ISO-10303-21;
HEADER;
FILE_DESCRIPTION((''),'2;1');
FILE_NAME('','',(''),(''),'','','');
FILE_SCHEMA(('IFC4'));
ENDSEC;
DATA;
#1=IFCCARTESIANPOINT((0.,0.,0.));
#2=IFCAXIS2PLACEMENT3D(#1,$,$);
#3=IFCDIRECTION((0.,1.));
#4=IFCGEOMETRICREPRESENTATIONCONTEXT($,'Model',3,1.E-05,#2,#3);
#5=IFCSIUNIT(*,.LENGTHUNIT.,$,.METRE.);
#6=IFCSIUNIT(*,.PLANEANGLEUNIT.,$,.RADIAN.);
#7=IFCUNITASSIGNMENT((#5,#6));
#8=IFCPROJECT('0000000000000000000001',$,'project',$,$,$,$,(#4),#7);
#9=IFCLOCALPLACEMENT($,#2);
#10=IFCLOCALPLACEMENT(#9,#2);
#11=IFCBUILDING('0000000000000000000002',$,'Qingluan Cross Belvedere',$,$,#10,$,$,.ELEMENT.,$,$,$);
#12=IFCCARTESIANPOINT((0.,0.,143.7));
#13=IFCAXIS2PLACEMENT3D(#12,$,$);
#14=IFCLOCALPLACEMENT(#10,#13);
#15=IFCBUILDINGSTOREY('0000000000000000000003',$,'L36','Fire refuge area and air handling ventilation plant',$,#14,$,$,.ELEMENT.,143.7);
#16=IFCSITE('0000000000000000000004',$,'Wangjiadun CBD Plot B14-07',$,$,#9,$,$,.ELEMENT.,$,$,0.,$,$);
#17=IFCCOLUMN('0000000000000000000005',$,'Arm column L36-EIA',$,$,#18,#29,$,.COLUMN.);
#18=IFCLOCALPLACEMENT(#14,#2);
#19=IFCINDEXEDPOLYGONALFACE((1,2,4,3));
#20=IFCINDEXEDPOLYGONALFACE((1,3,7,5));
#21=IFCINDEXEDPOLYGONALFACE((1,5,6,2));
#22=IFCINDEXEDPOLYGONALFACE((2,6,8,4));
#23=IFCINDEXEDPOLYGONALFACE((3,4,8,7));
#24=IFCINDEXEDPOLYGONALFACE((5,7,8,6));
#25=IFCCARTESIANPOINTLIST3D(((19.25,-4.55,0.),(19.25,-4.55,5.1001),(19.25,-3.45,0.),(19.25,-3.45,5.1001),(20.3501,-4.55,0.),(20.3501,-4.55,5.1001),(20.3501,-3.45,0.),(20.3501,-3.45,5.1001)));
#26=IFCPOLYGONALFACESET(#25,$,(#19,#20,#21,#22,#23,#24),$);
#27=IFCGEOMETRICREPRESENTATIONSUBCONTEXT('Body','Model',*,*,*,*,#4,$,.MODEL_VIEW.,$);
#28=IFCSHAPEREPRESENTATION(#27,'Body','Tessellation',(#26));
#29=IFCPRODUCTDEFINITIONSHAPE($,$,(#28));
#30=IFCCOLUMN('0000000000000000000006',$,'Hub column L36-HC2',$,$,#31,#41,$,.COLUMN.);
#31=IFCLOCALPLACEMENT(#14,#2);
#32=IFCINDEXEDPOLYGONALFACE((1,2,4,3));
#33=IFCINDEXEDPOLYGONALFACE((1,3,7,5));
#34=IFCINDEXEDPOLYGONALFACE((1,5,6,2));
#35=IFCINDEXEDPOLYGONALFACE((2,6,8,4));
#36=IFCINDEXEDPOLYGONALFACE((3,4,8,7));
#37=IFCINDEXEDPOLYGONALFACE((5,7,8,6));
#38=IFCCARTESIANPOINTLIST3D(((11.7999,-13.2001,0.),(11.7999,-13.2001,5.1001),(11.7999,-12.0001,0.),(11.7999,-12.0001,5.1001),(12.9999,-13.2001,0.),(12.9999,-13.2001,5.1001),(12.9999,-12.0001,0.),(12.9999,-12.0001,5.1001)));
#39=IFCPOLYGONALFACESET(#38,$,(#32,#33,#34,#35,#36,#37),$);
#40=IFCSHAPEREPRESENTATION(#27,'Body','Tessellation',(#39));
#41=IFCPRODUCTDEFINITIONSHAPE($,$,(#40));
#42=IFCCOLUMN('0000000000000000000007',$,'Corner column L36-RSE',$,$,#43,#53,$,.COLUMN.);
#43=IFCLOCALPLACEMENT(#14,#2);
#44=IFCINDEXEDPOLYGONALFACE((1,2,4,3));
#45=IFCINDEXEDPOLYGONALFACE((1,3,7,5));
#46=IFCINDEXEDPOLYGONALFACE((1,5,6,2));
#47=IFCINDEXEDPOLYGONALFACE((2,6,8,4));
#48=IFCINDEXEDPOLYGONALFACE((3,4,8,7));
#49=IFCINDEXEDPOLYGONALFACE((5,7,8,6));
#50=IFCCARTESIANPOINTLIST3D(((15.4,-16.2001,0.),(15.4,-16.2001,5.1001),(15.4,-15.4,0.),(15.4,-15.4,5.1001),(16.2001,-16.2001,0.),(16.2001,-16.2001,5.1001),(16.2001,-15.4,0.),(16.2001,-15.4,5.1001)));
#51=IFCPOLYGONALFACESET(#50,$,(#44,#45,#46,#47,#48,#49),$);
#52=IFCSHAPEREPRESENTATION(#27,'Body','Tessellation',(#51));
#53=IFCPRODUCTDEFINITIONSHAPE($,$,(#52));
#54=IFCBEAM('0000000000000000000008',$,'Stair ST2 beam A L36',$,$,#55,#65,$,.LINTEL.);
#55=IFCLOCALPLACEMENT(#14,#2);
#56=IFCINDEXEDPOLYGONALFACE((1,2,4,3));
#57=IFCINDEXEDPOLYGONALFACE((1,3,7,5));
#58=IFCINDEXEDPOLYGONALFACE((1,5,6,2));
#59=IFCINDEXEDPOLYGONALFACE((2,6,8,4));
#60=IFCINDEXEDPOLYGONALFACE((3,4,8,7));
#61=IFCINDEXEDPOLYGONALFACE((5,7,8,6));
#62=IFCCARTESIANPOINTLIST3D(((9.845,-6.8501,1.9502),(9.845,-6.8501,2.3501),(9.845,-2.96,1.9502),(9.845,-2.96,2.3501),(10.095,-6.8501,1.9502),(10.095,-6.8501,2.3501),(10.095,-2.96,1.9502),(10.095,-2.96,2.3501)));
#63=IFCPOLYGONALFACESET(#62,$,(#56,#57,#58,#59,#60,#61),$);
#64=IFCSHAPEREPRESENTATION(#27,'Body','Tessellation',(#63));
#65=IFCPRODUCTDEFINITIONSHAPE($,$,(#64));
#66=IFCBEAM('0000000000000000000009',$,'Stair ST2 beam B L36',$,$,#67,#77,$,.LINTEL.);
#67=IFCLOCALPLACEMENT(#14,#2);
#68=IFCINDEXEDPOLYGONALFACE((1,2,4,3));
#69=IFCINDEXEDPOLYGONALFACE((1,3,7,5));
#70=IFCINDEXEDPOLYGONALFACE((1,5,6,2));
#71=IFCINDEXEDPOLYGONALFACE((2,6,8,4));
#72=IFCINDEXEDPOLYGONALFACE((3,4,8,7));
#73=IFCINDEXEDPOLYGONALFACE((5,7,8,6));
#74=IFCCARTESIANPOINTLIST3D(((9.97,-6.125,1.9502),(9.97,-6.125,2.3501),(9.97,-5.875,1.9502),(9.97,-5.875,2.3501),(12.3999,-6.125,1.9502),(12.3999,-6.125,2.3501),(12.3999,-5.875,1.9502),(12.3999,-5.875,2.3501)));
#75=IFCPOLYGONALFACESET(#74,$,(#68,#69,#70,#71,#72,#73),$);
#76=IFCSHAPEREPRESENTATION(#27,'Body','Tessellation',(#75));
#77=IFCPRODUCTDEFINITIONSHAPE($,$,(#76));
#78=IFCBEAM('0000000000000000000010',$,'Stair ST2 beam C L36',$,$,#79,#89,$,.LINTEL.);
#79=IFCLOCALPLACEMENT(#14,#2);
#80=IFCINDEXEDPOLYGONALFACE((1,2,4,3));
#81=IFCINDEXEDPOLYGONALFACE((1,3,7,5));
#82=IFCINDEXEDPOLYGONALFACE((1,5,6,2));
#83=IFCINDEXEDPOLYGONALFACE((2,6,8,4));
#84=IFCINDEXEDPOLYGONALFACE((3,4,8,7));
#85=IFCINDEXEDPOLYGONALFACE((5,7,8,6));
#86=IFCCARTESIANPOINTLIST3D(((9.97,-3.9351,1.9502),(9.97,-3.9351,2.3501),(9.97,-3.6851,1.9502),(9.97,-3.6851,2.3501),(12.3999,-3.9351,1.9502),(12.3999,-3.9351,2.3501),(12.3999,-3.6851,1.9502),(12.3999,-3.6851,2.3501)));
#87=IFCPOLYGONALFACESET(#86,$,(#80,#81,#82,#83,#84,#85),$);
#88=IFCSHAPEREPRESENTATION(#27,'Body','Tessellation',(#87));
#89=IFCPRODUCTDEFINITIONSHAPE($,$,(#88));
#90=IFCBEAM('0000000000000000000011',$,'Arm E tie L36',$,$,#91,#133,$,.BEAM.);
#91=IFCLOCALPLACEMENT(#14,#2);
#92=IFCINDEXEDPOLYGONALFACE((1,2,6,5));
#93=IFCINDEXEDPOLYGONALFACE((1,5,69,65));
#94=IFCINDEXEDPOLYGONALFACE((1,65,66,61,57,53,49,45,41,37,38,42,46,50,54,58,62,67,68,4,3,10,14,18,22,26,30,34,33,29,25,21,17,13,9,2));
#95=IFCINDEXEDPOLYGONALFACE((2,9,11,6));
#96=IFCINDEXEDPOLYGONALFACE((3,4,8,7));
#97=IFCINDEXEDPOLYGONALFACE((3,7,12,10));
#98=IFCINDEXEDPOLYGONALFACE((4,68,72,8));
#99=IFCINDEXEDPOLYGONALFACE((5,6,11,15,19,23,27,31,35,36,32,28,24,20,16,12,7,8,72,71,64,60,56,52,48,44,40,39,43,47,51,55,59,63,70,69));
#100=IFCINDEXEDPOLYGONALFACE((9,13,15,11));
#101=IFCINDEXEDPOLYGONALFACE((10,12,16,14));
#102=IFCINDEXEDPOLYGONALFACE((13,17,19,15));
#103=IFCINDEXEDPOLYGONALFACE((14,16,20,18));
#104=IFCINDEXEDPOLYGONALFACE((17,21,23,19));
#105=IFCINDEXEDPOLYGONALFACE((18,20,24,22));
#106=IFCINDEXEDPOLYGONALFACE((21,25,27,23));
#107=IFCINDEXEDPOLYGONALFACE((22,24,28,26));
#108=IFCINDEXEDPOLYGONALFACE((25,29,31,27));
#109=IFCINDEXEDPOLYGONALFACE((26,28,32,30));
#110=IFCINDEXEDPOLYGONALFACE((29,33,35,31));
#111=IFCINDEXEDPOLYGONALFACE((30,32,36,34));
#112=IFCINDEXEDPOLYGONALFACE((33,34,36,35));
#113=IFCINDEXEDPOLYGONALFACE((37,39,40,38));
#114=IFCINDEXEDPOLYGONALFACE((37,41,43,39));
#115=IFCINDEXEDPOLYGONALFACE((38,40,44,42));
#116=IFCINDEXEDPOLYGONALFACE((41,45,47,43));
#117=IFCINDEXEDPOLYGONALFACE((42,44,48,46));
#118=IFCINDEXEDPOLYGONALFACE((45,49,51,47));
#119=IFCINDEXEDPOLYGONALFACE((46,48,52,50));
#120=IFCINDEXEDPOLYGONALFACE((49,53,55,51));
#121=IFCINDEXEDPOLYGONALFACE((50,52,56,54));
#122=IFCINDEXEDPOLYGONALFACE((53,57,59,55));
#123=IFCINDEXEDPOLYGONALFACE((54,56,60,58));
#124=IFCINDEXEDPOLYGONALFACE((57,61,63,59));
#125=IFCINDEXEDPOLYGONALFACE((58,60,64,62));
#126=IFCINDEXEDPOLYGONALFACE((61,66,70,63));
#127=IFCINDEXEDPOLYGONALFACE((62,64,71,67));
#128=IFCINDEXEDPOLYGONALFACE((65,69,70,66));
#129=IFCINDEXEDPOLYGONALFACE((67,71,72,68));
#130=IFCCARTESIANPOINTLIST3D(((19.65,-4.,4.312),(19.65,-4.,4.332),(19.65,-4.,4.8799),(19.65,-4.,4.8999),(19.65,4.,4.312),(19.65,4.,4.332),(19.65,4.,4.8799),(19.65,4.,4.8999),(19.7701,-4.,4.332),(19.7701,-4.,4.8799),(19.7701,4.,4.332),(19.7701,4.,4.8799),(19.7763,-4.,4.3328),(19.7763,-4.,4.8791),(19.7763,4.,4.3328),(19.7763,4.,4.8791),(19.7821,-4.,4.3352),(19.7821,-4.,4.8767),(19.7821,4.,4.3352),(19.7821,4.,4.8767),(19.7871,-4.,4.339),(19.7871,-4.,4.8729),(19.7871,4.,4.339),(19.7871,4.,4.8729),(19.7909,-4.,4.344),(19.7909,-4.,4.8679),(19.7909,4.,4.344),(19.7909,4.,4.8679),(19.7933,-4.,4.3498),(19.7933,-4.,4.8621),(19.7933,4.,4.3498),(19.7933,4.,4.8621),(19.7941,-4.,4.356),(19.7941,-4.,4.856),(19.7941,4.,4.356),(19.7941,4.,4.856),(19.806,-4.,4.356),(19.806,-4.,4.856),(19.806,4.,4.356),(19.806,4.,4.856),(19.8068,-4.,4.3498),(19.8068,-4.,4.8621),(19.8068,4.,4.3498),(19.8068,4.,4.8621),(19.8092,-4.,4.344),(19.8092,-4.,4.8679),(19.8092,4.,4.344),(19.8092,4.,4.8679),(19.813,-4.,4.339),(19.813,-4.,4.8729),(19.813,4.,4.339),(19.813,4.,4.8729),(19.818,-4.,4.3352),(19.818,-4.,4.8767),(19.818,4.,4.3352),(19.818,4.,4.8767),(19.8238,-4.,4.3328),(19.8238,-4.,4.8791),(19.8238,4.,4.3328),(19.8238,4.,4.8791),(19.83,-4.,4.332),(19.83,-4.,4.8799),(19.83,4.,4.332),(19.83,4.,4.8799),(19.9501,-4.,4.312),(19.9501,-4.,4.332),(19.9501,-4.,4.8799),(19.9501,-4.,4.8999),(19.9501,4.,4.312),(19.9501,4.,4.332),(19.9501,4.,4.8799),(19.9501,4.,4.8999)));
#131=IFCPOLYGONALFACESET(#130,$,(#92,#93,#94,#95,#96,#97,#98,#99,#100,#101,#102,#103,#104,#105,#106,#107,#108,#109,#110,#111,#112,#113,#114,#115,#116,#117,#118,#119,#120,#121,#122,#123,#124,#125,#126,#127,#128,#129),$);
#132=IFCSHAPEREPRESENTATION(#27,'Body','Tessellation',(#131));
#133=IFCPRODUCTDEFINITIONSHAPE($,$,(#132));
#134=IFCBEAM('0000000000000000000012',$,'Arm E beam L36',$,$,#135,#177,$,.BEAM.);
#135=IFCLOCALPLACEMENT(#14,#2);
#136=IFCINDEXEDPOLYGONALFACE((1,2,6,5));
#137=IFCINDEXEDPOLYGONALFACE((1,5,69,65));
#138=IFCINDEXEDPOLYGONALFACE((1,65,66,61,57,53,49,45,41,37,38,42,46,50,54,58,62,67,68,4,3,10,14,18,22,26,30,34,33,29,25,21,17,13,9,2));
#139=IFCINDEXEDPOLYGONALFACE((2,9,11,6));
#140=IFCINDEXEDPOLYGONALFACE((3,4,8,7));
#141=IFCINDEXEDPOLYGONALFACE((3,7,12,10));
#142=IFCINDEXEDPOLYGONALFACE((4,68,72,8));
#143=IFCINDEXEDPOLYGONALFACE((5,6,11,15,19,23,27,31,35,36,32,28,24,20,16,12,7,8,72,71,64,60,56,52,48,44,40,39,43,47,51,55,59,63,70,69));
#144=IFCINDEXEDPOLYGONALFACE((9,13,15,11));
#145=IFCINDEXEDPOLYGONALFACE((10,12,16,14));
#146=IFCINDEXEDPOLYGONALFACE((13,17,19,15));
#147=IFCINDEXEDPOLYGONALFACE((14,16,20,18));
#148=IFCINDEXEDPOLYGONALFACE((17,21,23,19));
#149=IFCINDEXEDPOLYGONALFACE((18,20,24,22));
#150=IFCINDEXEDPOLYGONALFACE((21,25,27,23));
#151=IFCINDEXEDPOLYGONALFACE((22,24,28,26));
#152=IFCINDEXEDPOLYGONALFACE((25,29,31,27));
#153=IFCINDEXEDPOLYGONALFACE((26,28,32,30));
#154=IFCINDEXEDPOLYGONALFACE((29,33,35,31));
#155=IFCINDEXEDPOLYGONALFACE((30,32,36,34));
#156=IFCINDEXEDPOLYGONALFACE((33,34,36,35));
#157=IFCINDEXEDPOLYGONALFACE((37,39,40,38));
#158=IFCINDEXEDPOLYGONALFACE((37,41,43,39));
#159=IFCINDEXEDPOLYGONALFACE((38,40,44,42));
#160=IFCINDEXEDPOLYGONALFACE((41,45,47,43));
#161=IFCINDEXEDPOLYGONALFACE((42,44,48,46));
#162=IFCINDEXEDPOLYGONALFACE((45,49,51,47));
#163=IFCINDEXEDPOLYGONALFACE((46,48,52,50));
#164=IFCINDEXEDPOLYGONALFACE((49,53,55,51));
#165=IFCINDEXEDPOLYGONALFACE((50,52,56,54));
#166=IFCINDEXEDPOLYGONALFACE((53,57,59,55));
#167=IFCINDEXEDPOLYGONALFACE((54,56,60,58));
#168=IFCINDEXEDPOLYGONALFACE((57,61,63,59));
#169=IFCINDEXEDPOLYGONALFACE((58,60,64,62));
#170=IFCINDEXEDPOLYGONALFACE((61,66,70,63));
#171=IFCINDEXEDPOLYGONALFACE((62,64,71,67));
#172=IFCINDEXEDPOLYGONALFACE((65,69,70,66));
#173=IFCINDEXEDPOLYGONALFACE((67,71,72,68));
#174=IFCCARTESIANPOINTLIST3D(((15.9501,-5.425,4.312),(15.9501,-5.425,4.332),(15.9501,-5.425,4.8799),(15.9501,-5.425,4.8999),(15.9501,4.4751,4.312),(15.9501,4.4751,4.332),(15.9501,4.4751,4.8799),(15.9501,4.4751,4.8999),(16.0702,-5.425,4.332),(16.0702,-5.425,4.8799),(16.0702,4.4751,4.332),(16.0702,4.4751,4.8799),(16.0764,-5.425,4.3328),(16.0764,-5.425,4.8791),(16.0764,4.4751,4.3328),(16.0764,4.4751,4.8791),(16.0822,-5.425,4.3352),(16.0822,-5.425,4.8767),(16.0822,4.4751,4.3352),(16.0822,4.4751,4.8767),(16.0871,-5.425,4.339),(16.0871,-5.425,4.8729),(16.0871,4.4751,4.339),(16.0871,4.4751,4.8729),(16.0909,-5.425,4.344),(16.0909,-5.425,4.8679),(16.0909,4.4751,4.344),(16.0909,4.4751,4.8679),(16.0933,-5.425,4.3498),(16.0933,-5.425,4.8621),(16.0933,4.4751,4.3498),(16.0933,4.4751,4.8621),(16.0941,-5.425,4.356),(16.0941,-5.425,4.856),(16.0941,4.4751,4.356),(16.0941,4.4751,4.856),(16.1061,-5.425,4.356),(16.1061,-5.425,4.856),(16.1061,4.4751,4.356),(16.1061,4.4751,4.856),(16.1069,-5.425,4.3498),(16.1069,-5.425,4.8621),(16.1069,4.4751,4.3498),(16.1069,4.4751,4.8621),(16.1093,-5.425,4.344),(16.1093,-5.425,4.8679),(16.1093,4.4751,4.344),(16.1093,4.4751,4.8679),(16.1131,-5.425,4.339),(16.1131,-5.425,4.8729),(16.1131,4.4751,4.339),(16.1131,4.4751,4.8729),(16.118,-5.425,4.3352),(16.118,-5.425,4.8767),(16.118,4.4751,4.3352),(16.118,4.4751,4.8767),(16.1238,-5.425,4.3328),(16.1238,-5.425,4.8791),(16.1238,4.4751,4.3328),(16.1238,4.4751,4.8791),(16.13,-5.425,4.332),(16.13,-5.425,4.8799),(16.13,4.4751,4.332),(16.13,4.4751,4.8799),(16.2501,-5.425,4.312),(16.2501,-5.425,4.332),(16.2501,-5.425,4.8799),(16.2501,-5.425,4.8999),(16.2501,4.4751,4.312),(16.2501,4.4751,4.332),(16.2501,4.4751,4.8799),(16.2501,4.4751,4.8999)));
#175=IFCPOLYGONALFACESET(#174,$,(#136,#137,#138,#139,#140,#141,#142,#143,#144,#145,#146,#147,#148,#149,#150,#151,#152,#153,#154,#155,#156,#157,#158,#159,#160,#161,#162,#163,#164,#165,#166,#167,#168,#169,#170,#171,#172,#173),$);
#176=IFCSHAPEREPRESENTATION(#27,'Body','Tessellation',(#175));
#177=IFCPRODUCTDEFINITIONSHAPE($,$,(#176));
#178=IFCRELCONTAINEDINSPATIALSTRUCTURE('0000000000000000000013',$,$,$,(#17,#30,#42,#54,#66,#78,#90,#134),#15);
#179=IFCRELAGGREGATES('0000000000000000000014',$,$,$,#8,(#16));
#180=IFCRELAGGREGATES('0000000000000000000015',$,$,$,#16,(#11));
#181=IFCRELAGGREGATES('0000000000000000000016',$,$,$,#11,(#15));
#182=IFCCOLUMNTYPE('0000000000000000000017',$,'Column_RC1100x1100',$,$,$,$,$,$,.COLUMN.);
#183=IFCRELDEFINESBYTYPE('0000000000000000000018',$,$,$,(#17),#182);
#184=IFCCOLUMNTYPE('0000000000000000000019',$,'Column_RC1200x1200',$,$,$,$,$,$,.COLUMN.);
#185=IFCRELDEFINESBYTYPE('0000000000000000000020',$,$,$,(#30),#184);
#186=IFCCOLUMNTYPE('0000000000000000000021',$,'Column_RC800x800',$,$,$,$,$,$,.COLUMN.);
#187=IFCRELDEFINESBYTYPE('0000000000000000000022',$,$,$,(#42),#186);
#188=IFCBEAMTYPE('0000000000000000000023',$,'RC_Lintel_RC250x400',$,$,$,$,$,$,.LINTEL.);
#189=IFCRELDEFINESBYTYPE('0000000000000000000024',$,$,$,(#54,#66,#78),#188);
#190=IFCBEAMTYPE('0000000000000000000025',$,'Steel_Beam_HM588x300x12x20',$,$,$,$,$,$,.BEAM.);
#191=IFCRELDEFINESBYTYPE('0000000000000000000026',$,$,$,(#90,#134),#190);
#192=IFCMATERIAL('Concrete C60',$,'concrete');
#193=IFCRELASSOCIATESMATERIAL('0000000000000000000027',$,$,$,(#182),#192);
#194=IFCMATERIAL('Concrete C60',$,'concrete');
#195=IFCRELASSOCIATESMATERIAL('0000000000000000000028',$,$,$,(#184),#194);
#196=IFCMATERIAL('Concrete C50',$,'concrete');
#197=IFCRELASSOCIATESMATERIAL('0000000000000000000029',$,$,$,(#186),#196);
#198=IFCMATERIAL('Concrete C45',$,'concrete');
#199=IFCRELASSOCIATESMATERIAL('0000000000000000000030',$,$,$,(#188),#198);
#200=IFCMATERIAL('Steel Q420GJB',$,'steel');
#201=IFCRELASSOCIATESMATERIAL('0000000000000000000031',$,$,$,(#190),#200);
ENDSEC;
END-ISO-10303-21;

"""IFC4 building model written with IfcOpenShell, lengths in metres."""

from ifc_helpers import new_model, si_unit, direction, frame, origin, origin_2d, place, context, subcontext, project, spatial, rectangle, i_section, extrude, material, material_profile, profile_set, type_object, element, save


model = new_model("IFC4")

# Units and contexts
model_context = context("Model", 3, precision=1e-05, world=origin(), true_north=direction((0.0, 1.0)))
body_context = subcontext(model_context, "Body", "Model", "MODEL_VIEW")
ifc_project = project(units=[si_unit("LENGTHUNIT", "METRE"), si_unit("PLANEANGLEUNIT", "RADIAN")], contexts=[model_context])

# Site, building, storey
site_placement = place(None, origin())
site = spatial("IfcSite", under=ifc_project, at=site_placement, Name="Wangjiadun CBD Plot B14-07", CompositionType="ELEMENT", RefElevation=0.0)
building_placement = place(site_placement, origin())
building = spatial("IfcBuilding", under=site, at=building_placement, Name="Qingluan Cross Belvedere", CompositionType="ELEMENT")
storey_placement = place(building_placement, frame((0.0, 0.0, 143.7)))
storey = spatial("IfcBuildingStorey", under=building, at=storey_placement, Name="L36", Description="Fire refuge area and air handling ventilation plant", CompositionType="ELEMENT", Elevation=143.7)

# Columns
ifc_material_1 = material(Name="Concrete C60", Category="concrete")
ifc_material_profile_1 = material_profile(ifc_material_1, rectangle(XDim=1.1001, YDim=1.1001, at=origin_2d()), Name="RC1100x1100")
ifc_profile_set_1 = profile_set([ifc_material_profile_1], Name="Concrete C60")
column_type_1 = type_object("IfcColumnType", Name="Column_RC1100x1100", PredefinedType="COLUMN", material=ifc_profile_set_1)
column_1_placement = place(storey_placement, frame((19.8, -4.0, 0.0), z_axis=(0.0, 0.0, 1.0), x_axis=(1.0, 0.0, 0.0)))
element("IfcColumn", 1, at=column_1_placement, inside=storey, type_object=column_type_1, Name="Arm column L36-EIA", PredefinedType="COLUMN", context=body_context, shape_type="SweptSolid", body=[
    extrude(rectangle(XDim=1.1001, YDim=1.1001, at=origin_2d()), origin(), (0.0, 0.0, 1.0), 5.1001),
])
ifc_material_2 = material(Name="Concrete C60", Category="concrete")
ifc_material_profile_2 = material_profile(ifc_material_2, rectangle(XDim=1.2, YDim=1.2, at=origin_2d()), Name="RC1200x1200")
ifc_profile_set_2 = profile_set([ifc_material_profile_2], Name="Concrete C60")
column_type_2 = type_object("IfcColumnType", Name="Column_RC1200x1200", PredefinedType="COLUMN", material=ifc_profile_set_2)
column_2_placement = place(storey_placement, frame((12.3999, -12.6001, 0.0), z_axis=(0.0, 0.0, 1.0), x_axis=(1.0, 0.0, 0.0)))
element("IfcColumn", 2, at=column_2_placement, inside=storey, type_object=column_type_2, Name="Hub column L36-HC2", PredefinedType="COLUMN", context=body_context, shape_type="SweptSolid", body=[
    extrude(rectangle(XDim=1.2, YDim=1.2, at=origin_2d()), origin(), (0.0, 0.0, 1.0), 5.1001),
])
ifc_material_3 = material(Name="Concrete C50", Category="concrete")
ifc_material_profile_3 = material_profile(ifc_material_3, rectangle(XDim=0.8, YDim=0.8, at=origin_2d()), Name="RC800x800")
ifc_profile_set_3 = profile_set([ifc_material_profile_3], Name="Concrete C50")
column_type_3 = type_object("IfcColumnType", Name="Column_RC800x800", PredefinedType="COLUMN", material=ifc_profile_set_3)
column_3_placement = place(storey_placement, frame((15.8, -15.8, 0.0), z_axis=(0.0, 0.0, 1.0), x_axis=(1.0, 0.0, 0.0)))
element("IfcColumn", 3, at=column_3_placement, inside=storey, type_object=column_type_3, Name="Corner column L36-RSE", PredefinedType="COLUMN", context=body_context, shape_type="SweptSolid", body=[
    extrude(rectangle(XDim=0.8, YDim=0.8, at=origin_2d()), origin(), (0.0, 0.0, 1.0), 5.1001),
])

# Beams
ifc_material_4 = material(Name="Concrete C45", Category="concrete")
ifc_material_profile_4 = material_profile(ifc_material_4, rectangle(XDim=0.25, YDim=0.3999, at=origin_2d()), Name="RC250x400")
ifc_profile_set_4 = profile_set([ifc_material_profile_4], Name="Concrete C45")
beam_type_1 = type_object("IfcBeamType", Name="RC_Lintel_RC250x400", PredefinedType="LINTEL", material=ifc_profile_set_4)
beam_1_placement = place(storey_placement, frame((9.97, -6.8501, 2.1501), z_axis=(0.0, 1.0, 0.0), x_axis=(-1.0, 0.0, 0.0)))
element("IfcBeam", 4, at=beam_1_placement, inside=storey, type_object=beam_type_1, Name="Stair ST2 beam A L36", PredefinedType="LINTEL", context=body_context, shape_type="SweptSolid", body=[
    extrude(rectangle(XDim=0.25, YDim=0.3999, at=origin_2d()), origin(), (0.0, 0.0, 1.0), 3.8901),
])
for number, where, z_axis, x_axis, name in (
    (5, (12.3999, -6.0, 2.1501), (-1.0, 0.0, 0.0), (0.0, -1.0, 0.0), "Stair ST2 beam B L36"),
    (6, (12.3999, -3.8101, 2.1501), (-1.0, 0.0, 0.0), (0.0, -1.0, 0.0), "Stair ST2 beam C L36"),
):
    element("IfcBeam", number, at=place(storey_placement, frame(where, z_axis=z_axis, x_axis=x_axis)), inside=storey, type_object=beam_type_1, Name=name, PredefinedType="LINTEL", context=body_context, shape_type="SweptSolid", body=[
        extrude(rectangle(XDim=0.25, YDim=0.3999, at=origin_2d()), origin(), (0.0, 0.0, 1.0), 2.4299),
    ])
ifc_material_5 = material(Name="Steel Q420GJB", Category="steel")
ifc_material_profile_5 = material_profile(ifc_material_5, i_section(OverallWidth=0.3, OverallDepth=0.5879, WebThickness=0.012, FlangeThickness=0.02, FilletRadius=0.0239, at=origin_2d()), Name="HM588x300x12x20")
ifc_profile_set_5 = profile_set([ifc_material_profile_5], Name="Steel Q420GJB")
beam_type_2 = type_object("IfcBeamType", Name="Steel_Beam_HM588x300x12x20", PredefinedType="BEAM", material=ifc_profile_set_5)
beam_2_placement = place(storey_placement, frame((19.8, -4.0, 4.606), z_axis=(0.0, 1.0, 0.0), x_axis=(-1.0, 0.0, 0.0)))
element("IfcBeam", 7, at=beam_2_placement, inside=storey, type_object=beam_type_2, Name="Arm E tie L36", PredefinedType="BEAM", context=body_context, shape_type="SweptSolid", body=[
    extrude(i_section(OverallWidth=0.3, OverallDepth=0.5879, WebThickness=0.012, FlangeThickness=0.02, FilletRadius=0.0239, at=origin_2d()), origin(), (0.0, 0.0, 1.0), 8.0),
])
beam_3_placement = place(storey_placement, frame((16.1001, -5.425, 4.606), z_axis=(0.0, 1.0, 0.0), x_axis=(-1.0, 0.0, 0.0)))
element("IfcBeam", 8, at=beam_3_placement, inside=storey, type_object=beam_type_2, Name="Arm E beam L36", PredefinedType="BEAM", context=body_context, shape_type="SweptSolid", body=[
    extrude(i_section(OverallWidth=0.3, OverallDepth=0.5879, WebThickness=0.012, FlangeThickness=0.02, FilletRadius=0.0239, at=origin_2d()), origin(), (0.0, 0.0, 1.0), 9.9001),
])

save(model, "model.ifc")
